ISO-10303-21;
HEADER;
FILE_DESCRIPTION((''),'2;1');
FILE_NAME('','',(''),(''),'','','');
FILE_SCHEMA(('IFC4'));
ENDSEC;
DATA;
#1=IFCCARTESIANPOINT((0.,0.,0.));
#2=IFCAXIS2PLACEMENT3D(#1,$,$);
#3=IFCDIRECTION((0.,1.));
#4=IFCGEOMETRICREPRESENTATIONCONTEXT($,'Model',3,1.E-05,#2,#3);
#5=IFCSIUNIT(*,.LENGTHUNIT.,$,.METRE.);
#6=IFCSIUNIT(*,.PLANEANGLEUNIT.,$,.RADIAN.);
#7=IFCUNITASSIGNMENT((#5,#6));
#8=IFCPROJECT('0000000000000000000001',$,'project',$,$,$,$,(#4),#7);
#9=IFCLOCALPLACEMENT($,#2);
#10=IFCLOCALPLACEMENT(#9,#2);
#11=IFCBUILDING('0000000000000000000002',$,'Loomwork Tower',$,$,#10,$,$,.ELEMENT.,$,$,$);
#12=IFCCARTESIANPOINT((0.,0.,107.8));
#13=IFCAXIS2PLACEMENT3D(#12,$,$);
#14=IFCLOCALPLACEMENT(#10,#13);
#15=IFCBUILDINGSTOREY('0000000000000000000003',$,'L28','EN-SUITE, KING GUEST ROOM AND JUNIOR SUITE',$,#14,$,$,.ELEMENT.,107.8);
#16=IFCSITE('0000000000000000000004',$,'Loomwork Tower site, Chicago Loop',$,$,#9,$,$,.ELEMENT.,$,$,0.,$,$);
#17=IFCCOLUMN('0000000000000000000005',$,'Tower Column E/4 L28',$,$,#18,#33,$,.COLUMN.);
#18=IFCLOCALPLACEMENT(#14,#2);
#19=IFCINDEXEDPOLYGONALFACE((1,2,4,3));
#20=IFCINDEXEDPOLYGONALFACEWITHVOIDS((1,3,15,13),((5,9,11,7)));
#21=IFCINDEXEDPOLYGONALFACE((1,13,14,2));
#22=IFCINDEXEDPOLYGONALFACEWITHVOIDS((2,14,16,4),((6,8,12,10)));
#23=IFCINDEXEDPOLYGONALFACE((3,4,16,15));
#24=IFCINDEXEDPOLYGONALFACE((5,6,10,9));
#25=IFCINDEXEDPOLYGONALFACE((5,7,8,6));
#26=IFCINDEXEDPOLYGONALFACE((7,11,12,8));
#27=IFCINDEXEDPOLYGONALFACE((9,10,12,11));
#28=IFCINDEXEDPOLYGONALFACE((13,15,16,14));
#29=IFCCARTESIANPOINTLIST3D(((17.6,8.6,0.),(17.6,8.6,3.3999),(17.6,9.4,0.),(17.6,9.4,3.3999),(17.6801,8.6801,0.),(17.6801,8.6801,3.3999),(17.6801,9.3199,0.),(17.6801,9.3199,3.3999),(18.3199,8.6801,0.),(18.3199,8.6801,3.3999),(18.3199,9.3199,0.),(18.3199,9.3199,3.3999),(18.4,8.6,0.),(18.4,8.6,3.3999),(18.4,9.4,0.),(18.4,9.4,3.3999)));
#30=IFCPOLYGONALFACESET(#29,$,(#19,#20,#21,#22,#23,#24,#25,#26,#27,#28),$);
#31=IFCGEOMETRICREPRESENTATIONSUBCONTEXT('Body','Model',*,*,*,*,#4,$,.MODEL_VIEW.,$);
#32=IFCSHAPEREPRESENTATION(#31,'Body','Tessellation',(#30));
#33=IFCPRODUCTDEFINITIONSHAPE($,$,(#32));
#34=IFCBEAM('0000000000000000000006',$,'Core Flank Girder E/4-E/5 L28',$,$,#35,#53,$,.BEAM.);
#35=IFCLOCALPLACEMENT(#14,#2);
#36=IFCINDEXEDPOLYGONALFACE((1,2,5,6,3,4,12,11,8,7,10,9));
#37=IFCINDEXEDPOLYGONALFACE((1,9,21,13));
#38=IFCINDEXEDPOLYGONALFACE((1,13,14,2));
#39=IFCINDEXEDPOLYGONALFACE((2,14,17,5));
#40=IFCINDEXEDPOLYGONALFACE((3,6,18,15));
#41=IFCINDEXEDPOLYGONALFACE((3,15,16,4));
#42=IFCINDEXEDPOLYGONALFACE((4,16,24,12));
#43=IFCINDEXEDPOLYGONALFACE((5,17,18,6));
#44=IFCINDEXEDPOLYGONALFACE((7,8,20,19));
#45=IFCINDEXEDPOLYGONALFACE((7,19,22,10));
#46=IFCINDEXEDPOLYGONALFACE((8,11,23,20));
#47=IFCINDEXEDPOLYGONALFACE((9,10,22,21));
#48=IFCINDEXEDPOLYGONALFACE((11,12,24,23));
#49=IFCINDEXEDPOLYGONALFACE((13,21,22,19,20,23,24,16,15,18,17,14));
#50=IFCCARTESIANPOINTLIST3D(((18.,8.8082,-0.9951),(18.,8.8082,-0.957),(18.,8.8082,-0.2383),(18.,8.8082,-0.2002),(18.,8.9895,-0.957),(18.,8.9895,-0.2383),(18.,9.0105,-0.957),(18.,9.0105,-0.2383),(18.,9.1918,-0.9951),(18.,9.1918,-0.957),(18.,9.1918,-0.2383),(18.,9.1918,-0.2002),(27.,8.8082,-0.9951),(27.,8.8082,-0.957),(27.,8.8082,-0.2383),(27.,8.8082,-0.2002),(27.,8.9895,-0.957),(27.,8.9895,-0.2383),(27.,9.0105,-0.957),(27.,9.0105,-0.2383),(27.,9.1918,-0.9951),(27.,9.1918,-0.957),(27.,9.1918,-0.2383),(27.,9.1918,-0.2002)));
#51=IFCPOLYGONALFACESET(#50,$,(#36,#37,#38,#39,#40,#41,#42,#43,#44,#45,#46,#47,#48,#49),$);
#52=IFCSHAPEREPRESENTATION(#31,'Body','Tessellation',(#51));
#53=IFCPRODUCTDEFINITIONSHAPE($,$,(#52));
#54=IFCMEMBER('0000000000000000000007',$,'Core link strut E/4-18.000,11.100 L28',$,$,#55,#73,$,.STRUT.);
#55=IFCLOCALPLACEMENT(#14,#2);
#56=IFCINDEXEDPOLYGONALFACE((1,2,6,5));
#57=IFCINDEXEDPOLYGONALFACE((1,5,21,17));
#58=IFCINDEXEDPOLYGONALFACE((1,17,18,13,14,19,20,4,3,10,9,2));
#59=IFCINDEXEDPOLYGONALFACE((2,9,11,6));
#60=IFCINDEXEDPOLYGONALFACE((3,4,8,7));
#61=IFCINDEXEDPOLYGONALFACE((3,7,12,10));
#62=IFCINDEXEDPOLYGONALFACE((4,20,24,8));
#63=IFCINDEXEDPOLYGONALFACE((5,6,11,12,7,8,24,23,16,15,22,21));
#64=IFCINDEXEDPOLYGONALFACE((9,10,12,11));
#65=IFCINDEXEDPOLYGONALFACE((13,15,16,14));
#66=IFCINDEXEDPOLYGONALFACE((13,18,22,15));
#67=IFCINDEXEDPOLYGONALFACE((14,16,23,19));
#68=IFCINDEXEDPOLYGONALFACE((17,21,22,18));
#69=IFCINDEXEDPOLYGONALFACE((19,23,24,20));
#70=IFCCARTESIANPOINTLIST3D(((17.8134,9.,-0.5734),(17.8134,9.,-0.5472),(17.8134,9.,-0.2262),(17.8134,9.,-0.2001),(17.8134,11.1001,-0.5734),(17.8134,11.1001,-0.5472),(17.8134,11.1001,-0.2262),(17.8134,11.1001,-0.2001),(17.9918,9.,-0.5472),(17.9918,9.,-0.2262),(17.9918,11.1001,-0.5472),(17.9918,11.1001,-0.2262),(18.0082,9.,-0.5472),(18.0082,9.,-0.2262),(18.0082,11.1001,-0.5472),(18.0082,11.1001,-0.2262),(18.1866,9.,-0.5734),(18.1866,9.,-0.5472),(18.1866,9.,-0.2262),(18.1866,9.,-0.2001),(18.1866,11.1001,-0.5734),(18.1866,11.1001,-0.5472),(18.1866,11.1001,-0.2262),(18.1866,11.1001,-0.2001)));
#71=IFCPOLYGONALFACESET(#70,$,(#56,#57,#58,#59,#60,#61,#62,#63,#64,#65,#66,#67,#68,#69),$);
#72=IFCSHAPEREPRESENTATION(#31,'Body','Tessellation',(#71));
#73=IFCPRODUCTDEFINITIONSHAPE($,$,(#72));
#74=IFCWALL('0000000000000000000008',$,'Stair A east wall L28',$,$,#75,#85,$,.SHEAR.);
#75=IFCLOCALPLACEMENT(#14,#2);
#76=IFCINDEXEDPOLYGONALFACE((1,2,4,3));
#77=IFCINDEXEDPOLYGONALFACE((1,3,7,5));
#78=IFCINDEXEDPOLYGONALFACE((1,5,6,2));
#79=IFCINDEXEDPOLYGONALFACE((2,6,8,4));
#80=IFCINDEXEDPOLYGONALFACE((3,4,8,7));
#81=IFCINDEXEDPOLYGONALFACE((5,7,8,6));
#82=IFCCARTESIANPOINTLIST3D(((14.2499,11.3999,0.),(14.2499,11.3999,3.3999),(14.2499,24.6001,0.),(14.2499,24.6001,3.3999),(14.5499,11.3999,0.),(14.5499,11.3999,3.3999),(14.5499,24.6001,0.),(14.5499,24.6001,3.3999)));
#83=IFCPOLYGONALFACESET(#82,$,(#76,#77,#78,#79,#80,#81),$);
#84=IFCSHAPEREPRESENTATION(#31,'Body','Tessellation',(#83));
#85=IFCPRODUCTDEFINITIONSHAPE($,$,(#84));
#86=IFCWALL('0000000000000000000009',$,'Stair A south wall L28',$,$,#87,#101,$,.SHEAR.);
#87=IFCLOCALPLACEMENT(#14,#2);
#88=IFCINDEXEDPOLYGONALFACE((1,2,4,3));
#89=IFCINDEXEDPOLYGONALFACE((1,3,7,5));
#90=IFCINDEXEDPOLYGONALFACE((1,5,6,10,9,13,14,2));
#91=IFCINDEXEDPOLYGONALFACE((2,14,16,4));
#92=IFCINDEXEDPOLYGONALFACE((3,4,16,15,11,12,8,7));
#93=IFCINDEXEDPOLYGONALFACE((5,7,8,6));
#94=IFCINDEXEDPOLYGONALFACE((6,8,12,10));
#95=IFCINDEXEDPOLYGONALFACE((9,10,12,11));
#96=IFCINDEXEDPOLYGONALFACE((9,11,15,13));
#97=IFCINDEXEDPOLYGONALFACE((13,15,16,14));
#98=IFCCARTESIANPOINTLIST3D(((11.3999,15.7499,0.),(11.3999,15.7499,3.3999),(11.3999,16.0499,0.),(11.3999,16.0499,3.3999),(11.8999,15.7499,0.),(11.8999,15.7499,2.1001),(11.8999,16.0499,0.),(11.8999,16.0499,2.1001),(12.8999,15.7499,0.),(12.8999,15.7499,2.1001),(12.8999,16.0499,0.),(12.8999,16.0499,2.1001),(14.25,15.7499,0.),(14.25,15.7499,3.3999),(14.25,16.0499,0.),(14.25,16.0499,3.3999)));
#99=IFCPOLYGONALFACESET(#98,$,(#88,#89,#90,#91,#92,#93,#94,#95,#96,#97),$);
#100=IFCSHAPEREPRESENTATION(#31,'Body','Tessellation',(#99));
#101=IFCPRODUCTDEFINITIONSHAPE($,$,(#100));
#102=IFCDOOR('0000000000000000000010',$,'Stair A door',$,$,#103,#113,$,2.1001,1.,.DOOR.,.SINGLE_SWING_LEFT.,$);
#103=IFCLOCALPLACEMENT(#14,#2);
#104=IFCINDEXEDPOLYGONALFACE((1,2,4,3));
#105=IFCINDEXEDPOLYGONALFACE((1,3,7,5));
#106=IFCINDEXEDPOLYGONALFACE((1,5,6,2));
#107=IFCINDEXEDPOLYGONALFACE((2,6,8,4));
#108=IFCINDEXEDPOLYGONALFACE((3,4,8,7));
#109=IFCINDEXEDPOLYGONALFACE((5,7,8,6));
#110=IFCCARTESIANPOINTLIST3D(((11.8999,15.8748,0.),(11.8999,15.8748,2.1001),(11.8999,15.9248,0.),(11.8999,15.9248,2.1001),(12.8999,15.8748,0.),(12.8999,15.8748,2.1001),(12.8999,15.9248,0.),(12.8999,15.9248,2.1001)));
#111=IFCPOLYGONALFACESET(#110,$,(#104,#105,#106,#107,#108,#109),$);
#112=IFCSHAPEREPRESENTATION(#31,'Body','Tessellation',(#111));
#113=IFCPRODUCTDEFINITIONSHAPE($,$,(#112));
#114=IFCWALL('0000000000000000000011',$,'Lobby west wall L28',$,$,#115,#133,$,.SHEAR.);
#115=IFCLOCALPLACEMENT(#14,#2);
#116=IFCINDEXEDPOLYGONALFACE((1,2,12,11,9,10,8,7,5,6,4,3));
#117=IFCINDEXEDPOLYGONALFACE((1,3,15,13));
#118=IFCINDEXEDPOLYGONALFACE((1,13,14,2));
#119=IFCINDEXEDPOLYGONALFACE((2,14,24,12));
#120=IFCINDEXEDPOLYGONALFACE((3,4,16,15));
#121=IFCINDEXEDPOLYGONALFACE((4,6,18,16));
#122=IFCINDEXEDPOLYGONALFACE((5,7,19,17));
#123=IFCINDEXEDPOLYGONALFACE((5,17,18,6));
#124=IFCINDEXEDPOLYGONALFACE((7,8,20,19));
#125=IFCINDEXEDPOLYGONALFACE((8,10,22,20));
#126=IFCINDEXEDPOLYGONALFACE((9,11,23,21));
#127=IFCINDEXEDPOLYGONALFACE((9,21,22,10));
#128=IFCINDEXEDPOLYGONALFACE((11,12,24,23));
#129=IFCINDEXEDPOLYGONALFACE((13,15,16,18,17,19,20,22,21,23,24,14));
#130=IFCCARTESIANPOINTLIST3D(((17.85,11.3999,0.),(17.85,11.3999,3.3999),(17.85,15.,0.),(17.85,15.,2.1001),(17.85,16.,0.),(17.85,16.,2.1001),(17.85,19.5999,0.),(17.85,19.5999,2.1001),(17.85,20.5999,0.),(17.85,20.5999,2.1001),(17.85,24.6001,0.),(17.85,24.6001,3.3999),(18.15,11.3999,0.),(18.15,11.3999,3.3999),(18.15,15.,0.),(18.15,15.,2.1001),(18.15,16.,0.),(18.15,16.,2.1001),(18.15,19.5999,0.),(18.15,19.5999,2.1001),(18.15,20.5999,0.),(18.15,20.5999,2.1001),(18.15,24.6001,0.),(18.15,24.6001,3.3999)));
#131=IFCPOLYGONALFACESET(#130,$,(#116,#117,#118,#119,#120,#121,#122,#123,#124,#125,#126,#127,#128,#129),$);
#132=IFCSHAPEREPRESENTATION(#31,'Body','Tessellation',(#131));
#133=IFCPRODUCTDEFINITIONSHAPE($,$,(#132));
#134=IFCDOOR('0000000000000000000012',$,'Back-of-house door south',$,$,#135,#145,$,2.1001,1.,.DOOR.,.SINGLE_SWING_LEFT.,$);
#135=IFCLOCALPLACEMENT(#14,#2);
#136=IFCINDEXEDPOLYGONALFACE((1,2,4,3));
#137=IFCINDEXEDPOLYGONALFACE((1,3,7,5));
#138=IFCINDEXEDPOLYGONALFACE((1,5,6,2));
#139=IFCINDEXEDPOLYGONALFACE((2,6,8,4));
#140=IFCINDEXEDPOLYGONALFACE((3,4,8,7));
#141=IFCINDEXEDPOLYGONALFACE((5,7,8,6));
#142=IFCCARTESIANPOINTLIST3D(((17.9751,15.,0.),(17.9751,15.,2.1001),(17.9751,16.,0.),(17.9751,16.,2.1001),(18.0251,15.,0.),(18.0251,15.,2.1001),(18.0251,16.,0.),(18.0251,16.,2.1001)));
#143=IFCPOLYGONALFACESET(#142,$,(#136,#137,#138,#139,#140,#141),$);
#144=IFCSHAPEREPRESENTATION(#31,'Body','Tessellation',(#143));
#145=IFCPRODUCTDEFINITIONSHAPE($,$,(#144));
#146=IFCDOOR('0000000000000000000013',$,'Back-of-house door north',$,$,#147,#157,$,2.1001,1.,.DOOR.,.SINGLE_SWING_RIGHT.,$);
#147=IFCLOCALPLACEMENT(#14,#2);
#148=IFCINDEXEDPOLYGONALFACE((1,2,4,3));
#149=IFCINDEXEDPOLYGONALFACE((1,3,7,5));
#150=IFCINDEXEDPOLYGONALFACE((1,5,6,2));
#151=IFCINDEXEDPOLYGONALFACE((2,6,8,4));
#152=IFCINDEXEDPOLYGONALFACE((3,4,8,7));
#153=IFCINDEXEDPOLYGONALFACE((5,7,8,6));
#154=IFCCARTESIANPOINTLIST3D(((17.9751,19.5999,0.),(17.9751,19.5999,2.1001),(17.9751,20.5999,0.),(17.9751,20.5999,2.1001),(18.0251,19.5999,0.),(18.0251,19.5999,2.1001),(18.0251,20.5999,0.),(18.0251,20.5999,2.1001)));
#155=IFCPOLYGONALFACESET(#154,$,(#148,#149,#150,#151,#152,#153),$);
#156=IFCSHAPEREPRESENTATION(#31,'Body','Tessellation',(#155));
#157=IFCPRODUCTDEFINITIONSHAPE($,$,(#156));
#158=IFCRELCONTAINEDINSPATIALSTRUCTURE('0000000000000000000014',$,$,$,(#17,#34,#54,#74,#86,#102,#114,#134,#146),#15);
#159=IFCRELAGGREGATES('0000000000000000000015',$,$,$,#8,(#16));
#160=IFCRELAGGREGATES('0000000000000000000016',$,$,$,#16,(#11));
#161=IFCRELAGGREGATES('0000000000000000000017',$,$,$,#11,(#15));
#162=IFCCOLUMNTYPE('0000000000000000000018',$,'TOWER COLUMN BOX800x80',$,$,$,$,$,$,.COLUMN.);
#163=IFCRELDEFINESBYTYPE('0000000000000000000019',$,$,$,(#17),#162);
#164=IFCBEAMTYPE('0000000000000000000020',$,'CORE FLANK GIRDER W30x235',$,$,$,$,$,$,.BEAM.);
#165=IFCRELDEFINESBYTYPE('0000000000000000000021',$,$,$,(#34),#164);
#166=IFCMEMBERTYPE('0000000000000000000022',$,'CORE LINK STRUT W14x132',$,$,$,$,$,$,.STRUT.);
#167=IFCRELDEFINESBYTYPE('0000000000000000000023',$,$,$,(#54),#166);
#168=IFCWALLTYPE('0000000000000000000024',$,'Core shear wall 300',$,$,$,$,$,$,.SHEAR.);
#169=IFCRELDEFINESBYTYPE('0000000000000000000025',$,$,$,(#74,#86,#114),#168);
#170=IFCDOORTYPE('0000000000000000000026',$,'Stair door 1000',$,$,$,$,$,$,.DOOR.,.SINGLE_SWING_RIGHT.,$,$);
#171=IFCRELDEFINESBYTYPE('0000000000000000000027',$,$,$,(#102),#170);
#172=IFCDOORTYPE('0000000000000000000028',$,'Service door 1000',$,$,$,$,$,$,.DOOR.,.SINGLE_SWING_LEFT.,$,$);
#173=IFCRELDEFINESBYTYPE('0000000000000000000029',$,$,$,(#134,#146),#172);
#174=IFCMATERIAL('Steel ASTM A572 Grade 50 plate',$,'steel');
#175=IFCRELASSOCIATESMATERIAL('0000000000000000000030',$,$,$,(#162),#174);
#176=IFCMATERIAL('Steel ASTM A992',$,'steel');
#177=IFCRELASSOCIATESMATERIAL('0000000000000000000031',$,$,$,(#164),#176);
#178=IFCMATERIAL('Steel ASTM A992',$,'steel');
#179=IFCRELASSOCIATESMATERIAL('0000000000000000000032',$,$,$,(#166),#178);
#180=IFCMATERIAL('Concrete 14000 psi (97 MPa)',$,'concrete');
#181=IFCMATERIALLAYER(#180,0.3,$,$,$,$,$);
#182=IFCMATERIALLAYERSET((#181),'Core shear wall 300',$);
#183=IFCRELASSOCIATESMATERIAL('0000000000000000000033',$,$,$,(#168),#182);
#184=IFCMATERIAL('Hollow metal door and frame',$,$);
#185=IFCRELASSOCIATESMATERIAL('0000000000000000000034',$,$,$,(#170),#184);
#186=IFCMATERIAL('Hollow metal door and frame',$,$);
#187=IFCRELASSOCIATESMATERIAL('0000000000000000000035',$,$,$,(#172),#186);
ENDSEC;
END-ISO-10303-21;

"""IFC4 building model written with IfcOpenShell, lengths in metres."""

from ifc_helpers import new_model, si_unit, direction, frame, frame_2d, origin, origin_2d, place, context, subcontext, project, spatial, rectangle, hollow_rectangle, i_section, extrude, material, layer, layer_set, material_profile, profile_set, type_object, element, fill, save


model = new_model("IFC4")

# Units and contexts
model_context = context("Model", 3, precision=1e-05, world=origin(), true_north=direction((0.0, 1.0)))
body_context = subcontext(model_context, "Body", "Model", "MODEL_VIEW")
ifc_project = project(units=[si_unit("LENGTHUNIT", "METRE"), si_unit("PLANEANGLEUNIT", "RADIAN")], contexts=[model_context])

# Site, building, storey
site_placement = place(None, origin())
site = spatial("IfcSite", under=ifc_project, at=site_placement, Name="Loomwork Tower site, Chicago Loop", CompositionType="ELEMENT", RefElevation=0.0)
building_placement = place(site_placement, origin())
building = spatial("IfcBuilding", under=site, at=building_placement, Name="Loomwork Tower", CompositionType="ELEMENT")
storey_placement = place(building_placement, frame((0.0, 0.0, 107.8)))
storey = spatial("IfcBuildingStorey", under=building, at=storey_placement, Name="L28", Description="EN-SUITE, KING GUEST ROOM AND JUNIOR SUITE", CompositionType="ELEMENT", Elevation=107.8)

# Column
ifc_material_1 = material(Name="Steel ASTM A572 Grade 50 plate", Category="steel")
ifc_material_profile_1 = material_profile(ifc_material_1, hollow_rectangle(XDim=0.8, YDim=0.8, WallThickness=0.0801, at=origin_2d()), Name="BOX800x80")
ifc_profile_set_1 = profile_set([ifc_material_profile_1], Name="Steel ASTM A572 Grade 50 plate")
column_type = type_object("IfcColumnType", Name="TOWER COLUMN BOX800x80", PredefinedType="COLUMN", material=ifc_profile_set_1)
column_placement = place(storey_placement, frame((18.0, 9.0, 0.0), z_axis=(0.0, 0.0, 1.0), x_axis=(1.0, 0.0, 0.0)))
element("IfcColumn", 1, at=column_placement, inside=storey, type_object=column_type, Name="Tower Column E/4 L28", PredefinedType="COLUMN", context=body_context, shape_type="SweptSolid", body=[
    extrude(hollow_rectangle(XDim=0.8, YDim=0.8, WallThickness=0.0801, at=origin_2d()), origin(), (0.0, 0.0, 1.0), 3.3999),
])

# Beam
ifc_material_2 = material(Name="Steel ASTM A992", Category="steel")
ifc_material_profile_2 = material_profile(ifc_material_2, i_section(OverallWidth=0.3835, OverallDepth=0.7949, WebThickness=0.021, FlangeThickness=0.0381, at=origin_2d()), Name="W30x235")
ifc_profile_set_2 = profile_set([ifc_material_profile_2], Name="Steel ASTM A992")
beam_type = type_object("IfcBeamType", Name="CORE FLANK GIRDER W30x235", PredefinedType="BEAM", material=ifc_profile_set_2)
beam_placement = place(storey_placement, frame((18.0, 9.0, -0.5977), z_axis=(1.0, 0.0, 0.0), x_axis=(0.0, 1.0, 0.0)))
element("IfcBeam", 2, at=beam_placement, inside=storey, type_object=beam_type, Name="Core Flank Girder E/4-E/5 L28", PredefinedType="BEAM", context=body_context, shape_type="SweptSolid", body=[
    extrude(i_section(OverallWidth=0.3835, OverallDepth=0.7949, WebThickness=0.021, FlangeThickness=0.0381, at=origin_2d()), origin(), (0.0, 0.0, 1.0), 9.0),
])

# Member
ifc_material_3 = material(Name="Steel ASTM A992", Category="steel")
ifc_material_profile_3 = material_profile(ifc_material_3, i_section(OverallWidth=0.3733, OverallDepth=0.3733, WebThickness=0.0164, FlangeThickness=0.0261, at=origin_2d()), Name="W14x132")
ifc_profile_set_3 = profile_set([ifc_material_profile_3], Name="Steel ASTM A992")
member_type = type_object("IfcMemberType", Name="CORE LINK STRUT W14x132", PredefinedType="STRUT", material=ifc_profile_set_3)
member_placement = place(storey_placement, frame((18.0, 9.0, -0.3867), z_axis=(0.0, 1.0, 0.0), x_axis=(-1.0, 0.0, 0.0)))
element("IfcMember", 3, at=member_placement, inside=storey, type_object=member_type, Name="Core link strut E/4-18.000,11.100 L28", PredefinedType="STRUT", context=body_context, shape_type="SweptSolid", body=[
    extrude(i_section(OverallWidth=0.3733, OverallDepth=0.3733, WebThickness=0.0164, FlangeThickness=0.0261, at=origin_2d()), origin(), (0.0, 0.0, 1.0), 2.1001),
])

# Wall
ifc_material_4 = material(Name="Concrete 14000 psi (97 MPa)", Category="concrete")
ifc_layer_1 = layer(ifc_material_4, 0.3)
ifc_layer_set_1 = layer_set([ifc_layer_1], Name="Core shear wall 300")
wall_type_1 = type_object("IfcWallType", Name="Core shear wall 300", PredefinedType="SHEAR", material=ifc_layer_set_1)
wall_1_placement = place(storey_placement, frame((14.3999, 11.3999, 0.0), z_axis=(0.0, 0.0, 1.0), x_axis=(0.0, 1.0, 0.0)))
element("IfcWall", 4, at=wall_1_placement, inside=storey, type_object=wall_type_1, Name="Stair A east wall L28", PredefinedType="SHEAR", context=body_context, shape_type="SweptSolid", body=[
    extrude(rectangle(XDim=13.2002, YDim=0.3, at=frame_2d((6.6001, 0.0))), origin(), (0.0, 0.0, 1.0), 3.3999),
])

# Wall, opening, door
wall_2_placement = place(storey_placement, frame((11.3999, 15.8999, 0.0), z_axis=(0.0, 0.0, 1.0), x_axis=(1.0, 0.0, 0.0)))
wall_2 = element("IfcWall", 5, at=wall_2_placement, inside=storey, type_object=wall_type_1, Name="Stair A south wall L28", PredefinedType="SHEAR", context=body_context, shape_type="SweptSolid", body=[
    extrude(rectangle(XDim=2.8501, YDim=0.3, at=frame_2d((1.425, 0.0))), origin(), (0.0, 0.0, 1.0), 3.3999),
])
opening_1_placement = place(wall_2_placement, frame((0.5, 0.0, 0.0)))
opening_1 = element("IfcOpeningElement", 6, at=opening_1_placement, cuts=wall_2, PredefinedType="OPENING", context=body_context, shape_type="SweptSolid", body=[
    extrude(rectangle(XDim=1.0, YDim=2.1001, at=frame_2d((0.5, 1.05))), frame((0.0, 0.1599, 0.0), z_axis=(0.0, -1.0, 0.0), x_axis=(1.0, 0.0, 0.0)), (0.0, 0.0, 1.0), 0.3201),
])
ifc_material_5 = material(Name="Hollow metal door and frame")
door_type_1 = type_object("IfcDoorType", Name="Stair door 1000", OperationType="SINGLE_SWING_RIGHT", PredefinedType="DOOR", material=ifc_material_5)
door_1_placement = place(opening_1_placement, origin())
door_1 = element("IfcDoor", 7, at=door_1_placement, inside=storey, type_object=door_type_1, Name="Stair A door", OperationType="SINGLE_SWING_LEFT", OverallHeight=2.1001, OverallWidth=1.0, PredefinedType="DOOR", context=body_context, shape_type="SweptSolid", body=[
    extrude(rectangle(XDim=1.0, YDim=2.1001, at=frame_2d((0.5, 1.05))), frame((0.0, 0.0249, 0.0), z_axis=(0.0, -1.0, 0.0), x_axis=(1.0, 0.0, 0.0)), (0.0, 0.0, 1.0), 0.05),
])
fill(opening_1, door_1)

# Wall, openings, doors
wall_3_placement = place(storey_placement, frame((18.0, 11.3999, 0.0), z_axis=(0.0, 0.0, 1.0), x_axis=(0.0, 1.0, 0.0)))
wall_3 = element("IfcWall", 8, at=wall_3_placement, inside=storey, type_object=wall_type_1, Name="Lobby west wall L28", PredefinedType="SHEAR", context=body_context, shape_type="SweptSolid", body=[
    extrude(rectangle(XDim=13.2002, YDim=0.3, at=frame_2d((6.6001, 0.0))), origin(), (0.0, 0.0, 1.0), 3.3999),
])
opening_2_placement = place(wall_3_placement, frame((3.6001, 0.0, 0.0)))
opening_2 = element("IfcOpeningElement", 9, at=opening_2_placement, cuts=wall_3, PredefinedType="OPENING", context=body_context, shape_type="SweptSolid", body=[
    extrude(rectangle(XDim=1.0, YDim=2.1001, at=frame_2d((0.5, 1.05))), frame((0.0, 0.1599, 0.0), z_axis=(0.0, -1.0, 0.0), x_axis=(1.0, 0.0, 0.0)), (0.0, 0.0, 1.0), 0.3201),
])
opening_3_placement = place(wall_3_placement, frame((8.2, 0.0, 0.0)))
opening_3 = element("IfcOpeningElement", 10, at=opening_3_placement, cuts=wall_3, PredefinedType="OPENING", context=body_context, shape_type="SweptSolid", body=[
    extrude(rectangle(XDim=1.0, YDim=2.1001, at=frame_2d((0.5, 1.05))), frame((0.0, 0.1599, 0.0), z_axis=(0.0, -1.0, 0.0), x_axis=(1.0, 0.0, 0.0)), (0.0, 0.0, 1.0), 0.3201),
])
ifc_material_6 = material(Name="Hollow metal door and frame")
door_type_2 = type_object("IfcDoorType", Name="Service door 1000", OperationType="SINGLE_SWING_LEFT", PredefinedType="DOOR", material=ifc_material_6)
door_2_placement = place(opening_2_placement, origin())
door_2 = element("IfcDoor", 11, at=door_2_placement, inside=storey, type_object=door_type_2, Name="Back-of-house door south", OperationType="SINGLE_SWING_LEFT", OverallHeight=2.1001, OverallWidth=1.0, PredefinedType="DOOR", context=body_context, shape_type="SweptSolid", body=[
    extrude(rectangle(XDim=1.0, YDim=2.1001, at=frame_2d((0.5, 1.05))), frame((0.0, 0.0249, 0.0), z_axis=(0.0, -1.0, 0.0), x_axis=(1.0, 0.0, 0.0)), (0.0, 0.0, 1.0), 0.05),
])
fill(opening_2, door_2)
door_3_placement = place(opening_3_placement, origin())
door_3 = element("IfcDoor", 12, at=door_3_placement, inside=storey, type_object=door_type_2, Name="Back-of-house door north", OperationType="SINGLE_SWING_RIGHT", OverallHeight=2.1001, OverallWidth=1.0, PredefinedType="DOOR", context=body_context, shape_type="SweptSolid", body=[
    extrude(rectangle(XDim=1.0, YDim=2.1001, at=frame_2d((0.5, 1.05))), frame((0.0, 0.0249, 0.0), z_axis=(0.0, -1.0, 0.0), x_axis=(1.0, 0.0, 0.0)), (0.0, 0.0, 1.0), 0.05),
])
fill(opening_3, door_3)

save(model, "model.ifc")
